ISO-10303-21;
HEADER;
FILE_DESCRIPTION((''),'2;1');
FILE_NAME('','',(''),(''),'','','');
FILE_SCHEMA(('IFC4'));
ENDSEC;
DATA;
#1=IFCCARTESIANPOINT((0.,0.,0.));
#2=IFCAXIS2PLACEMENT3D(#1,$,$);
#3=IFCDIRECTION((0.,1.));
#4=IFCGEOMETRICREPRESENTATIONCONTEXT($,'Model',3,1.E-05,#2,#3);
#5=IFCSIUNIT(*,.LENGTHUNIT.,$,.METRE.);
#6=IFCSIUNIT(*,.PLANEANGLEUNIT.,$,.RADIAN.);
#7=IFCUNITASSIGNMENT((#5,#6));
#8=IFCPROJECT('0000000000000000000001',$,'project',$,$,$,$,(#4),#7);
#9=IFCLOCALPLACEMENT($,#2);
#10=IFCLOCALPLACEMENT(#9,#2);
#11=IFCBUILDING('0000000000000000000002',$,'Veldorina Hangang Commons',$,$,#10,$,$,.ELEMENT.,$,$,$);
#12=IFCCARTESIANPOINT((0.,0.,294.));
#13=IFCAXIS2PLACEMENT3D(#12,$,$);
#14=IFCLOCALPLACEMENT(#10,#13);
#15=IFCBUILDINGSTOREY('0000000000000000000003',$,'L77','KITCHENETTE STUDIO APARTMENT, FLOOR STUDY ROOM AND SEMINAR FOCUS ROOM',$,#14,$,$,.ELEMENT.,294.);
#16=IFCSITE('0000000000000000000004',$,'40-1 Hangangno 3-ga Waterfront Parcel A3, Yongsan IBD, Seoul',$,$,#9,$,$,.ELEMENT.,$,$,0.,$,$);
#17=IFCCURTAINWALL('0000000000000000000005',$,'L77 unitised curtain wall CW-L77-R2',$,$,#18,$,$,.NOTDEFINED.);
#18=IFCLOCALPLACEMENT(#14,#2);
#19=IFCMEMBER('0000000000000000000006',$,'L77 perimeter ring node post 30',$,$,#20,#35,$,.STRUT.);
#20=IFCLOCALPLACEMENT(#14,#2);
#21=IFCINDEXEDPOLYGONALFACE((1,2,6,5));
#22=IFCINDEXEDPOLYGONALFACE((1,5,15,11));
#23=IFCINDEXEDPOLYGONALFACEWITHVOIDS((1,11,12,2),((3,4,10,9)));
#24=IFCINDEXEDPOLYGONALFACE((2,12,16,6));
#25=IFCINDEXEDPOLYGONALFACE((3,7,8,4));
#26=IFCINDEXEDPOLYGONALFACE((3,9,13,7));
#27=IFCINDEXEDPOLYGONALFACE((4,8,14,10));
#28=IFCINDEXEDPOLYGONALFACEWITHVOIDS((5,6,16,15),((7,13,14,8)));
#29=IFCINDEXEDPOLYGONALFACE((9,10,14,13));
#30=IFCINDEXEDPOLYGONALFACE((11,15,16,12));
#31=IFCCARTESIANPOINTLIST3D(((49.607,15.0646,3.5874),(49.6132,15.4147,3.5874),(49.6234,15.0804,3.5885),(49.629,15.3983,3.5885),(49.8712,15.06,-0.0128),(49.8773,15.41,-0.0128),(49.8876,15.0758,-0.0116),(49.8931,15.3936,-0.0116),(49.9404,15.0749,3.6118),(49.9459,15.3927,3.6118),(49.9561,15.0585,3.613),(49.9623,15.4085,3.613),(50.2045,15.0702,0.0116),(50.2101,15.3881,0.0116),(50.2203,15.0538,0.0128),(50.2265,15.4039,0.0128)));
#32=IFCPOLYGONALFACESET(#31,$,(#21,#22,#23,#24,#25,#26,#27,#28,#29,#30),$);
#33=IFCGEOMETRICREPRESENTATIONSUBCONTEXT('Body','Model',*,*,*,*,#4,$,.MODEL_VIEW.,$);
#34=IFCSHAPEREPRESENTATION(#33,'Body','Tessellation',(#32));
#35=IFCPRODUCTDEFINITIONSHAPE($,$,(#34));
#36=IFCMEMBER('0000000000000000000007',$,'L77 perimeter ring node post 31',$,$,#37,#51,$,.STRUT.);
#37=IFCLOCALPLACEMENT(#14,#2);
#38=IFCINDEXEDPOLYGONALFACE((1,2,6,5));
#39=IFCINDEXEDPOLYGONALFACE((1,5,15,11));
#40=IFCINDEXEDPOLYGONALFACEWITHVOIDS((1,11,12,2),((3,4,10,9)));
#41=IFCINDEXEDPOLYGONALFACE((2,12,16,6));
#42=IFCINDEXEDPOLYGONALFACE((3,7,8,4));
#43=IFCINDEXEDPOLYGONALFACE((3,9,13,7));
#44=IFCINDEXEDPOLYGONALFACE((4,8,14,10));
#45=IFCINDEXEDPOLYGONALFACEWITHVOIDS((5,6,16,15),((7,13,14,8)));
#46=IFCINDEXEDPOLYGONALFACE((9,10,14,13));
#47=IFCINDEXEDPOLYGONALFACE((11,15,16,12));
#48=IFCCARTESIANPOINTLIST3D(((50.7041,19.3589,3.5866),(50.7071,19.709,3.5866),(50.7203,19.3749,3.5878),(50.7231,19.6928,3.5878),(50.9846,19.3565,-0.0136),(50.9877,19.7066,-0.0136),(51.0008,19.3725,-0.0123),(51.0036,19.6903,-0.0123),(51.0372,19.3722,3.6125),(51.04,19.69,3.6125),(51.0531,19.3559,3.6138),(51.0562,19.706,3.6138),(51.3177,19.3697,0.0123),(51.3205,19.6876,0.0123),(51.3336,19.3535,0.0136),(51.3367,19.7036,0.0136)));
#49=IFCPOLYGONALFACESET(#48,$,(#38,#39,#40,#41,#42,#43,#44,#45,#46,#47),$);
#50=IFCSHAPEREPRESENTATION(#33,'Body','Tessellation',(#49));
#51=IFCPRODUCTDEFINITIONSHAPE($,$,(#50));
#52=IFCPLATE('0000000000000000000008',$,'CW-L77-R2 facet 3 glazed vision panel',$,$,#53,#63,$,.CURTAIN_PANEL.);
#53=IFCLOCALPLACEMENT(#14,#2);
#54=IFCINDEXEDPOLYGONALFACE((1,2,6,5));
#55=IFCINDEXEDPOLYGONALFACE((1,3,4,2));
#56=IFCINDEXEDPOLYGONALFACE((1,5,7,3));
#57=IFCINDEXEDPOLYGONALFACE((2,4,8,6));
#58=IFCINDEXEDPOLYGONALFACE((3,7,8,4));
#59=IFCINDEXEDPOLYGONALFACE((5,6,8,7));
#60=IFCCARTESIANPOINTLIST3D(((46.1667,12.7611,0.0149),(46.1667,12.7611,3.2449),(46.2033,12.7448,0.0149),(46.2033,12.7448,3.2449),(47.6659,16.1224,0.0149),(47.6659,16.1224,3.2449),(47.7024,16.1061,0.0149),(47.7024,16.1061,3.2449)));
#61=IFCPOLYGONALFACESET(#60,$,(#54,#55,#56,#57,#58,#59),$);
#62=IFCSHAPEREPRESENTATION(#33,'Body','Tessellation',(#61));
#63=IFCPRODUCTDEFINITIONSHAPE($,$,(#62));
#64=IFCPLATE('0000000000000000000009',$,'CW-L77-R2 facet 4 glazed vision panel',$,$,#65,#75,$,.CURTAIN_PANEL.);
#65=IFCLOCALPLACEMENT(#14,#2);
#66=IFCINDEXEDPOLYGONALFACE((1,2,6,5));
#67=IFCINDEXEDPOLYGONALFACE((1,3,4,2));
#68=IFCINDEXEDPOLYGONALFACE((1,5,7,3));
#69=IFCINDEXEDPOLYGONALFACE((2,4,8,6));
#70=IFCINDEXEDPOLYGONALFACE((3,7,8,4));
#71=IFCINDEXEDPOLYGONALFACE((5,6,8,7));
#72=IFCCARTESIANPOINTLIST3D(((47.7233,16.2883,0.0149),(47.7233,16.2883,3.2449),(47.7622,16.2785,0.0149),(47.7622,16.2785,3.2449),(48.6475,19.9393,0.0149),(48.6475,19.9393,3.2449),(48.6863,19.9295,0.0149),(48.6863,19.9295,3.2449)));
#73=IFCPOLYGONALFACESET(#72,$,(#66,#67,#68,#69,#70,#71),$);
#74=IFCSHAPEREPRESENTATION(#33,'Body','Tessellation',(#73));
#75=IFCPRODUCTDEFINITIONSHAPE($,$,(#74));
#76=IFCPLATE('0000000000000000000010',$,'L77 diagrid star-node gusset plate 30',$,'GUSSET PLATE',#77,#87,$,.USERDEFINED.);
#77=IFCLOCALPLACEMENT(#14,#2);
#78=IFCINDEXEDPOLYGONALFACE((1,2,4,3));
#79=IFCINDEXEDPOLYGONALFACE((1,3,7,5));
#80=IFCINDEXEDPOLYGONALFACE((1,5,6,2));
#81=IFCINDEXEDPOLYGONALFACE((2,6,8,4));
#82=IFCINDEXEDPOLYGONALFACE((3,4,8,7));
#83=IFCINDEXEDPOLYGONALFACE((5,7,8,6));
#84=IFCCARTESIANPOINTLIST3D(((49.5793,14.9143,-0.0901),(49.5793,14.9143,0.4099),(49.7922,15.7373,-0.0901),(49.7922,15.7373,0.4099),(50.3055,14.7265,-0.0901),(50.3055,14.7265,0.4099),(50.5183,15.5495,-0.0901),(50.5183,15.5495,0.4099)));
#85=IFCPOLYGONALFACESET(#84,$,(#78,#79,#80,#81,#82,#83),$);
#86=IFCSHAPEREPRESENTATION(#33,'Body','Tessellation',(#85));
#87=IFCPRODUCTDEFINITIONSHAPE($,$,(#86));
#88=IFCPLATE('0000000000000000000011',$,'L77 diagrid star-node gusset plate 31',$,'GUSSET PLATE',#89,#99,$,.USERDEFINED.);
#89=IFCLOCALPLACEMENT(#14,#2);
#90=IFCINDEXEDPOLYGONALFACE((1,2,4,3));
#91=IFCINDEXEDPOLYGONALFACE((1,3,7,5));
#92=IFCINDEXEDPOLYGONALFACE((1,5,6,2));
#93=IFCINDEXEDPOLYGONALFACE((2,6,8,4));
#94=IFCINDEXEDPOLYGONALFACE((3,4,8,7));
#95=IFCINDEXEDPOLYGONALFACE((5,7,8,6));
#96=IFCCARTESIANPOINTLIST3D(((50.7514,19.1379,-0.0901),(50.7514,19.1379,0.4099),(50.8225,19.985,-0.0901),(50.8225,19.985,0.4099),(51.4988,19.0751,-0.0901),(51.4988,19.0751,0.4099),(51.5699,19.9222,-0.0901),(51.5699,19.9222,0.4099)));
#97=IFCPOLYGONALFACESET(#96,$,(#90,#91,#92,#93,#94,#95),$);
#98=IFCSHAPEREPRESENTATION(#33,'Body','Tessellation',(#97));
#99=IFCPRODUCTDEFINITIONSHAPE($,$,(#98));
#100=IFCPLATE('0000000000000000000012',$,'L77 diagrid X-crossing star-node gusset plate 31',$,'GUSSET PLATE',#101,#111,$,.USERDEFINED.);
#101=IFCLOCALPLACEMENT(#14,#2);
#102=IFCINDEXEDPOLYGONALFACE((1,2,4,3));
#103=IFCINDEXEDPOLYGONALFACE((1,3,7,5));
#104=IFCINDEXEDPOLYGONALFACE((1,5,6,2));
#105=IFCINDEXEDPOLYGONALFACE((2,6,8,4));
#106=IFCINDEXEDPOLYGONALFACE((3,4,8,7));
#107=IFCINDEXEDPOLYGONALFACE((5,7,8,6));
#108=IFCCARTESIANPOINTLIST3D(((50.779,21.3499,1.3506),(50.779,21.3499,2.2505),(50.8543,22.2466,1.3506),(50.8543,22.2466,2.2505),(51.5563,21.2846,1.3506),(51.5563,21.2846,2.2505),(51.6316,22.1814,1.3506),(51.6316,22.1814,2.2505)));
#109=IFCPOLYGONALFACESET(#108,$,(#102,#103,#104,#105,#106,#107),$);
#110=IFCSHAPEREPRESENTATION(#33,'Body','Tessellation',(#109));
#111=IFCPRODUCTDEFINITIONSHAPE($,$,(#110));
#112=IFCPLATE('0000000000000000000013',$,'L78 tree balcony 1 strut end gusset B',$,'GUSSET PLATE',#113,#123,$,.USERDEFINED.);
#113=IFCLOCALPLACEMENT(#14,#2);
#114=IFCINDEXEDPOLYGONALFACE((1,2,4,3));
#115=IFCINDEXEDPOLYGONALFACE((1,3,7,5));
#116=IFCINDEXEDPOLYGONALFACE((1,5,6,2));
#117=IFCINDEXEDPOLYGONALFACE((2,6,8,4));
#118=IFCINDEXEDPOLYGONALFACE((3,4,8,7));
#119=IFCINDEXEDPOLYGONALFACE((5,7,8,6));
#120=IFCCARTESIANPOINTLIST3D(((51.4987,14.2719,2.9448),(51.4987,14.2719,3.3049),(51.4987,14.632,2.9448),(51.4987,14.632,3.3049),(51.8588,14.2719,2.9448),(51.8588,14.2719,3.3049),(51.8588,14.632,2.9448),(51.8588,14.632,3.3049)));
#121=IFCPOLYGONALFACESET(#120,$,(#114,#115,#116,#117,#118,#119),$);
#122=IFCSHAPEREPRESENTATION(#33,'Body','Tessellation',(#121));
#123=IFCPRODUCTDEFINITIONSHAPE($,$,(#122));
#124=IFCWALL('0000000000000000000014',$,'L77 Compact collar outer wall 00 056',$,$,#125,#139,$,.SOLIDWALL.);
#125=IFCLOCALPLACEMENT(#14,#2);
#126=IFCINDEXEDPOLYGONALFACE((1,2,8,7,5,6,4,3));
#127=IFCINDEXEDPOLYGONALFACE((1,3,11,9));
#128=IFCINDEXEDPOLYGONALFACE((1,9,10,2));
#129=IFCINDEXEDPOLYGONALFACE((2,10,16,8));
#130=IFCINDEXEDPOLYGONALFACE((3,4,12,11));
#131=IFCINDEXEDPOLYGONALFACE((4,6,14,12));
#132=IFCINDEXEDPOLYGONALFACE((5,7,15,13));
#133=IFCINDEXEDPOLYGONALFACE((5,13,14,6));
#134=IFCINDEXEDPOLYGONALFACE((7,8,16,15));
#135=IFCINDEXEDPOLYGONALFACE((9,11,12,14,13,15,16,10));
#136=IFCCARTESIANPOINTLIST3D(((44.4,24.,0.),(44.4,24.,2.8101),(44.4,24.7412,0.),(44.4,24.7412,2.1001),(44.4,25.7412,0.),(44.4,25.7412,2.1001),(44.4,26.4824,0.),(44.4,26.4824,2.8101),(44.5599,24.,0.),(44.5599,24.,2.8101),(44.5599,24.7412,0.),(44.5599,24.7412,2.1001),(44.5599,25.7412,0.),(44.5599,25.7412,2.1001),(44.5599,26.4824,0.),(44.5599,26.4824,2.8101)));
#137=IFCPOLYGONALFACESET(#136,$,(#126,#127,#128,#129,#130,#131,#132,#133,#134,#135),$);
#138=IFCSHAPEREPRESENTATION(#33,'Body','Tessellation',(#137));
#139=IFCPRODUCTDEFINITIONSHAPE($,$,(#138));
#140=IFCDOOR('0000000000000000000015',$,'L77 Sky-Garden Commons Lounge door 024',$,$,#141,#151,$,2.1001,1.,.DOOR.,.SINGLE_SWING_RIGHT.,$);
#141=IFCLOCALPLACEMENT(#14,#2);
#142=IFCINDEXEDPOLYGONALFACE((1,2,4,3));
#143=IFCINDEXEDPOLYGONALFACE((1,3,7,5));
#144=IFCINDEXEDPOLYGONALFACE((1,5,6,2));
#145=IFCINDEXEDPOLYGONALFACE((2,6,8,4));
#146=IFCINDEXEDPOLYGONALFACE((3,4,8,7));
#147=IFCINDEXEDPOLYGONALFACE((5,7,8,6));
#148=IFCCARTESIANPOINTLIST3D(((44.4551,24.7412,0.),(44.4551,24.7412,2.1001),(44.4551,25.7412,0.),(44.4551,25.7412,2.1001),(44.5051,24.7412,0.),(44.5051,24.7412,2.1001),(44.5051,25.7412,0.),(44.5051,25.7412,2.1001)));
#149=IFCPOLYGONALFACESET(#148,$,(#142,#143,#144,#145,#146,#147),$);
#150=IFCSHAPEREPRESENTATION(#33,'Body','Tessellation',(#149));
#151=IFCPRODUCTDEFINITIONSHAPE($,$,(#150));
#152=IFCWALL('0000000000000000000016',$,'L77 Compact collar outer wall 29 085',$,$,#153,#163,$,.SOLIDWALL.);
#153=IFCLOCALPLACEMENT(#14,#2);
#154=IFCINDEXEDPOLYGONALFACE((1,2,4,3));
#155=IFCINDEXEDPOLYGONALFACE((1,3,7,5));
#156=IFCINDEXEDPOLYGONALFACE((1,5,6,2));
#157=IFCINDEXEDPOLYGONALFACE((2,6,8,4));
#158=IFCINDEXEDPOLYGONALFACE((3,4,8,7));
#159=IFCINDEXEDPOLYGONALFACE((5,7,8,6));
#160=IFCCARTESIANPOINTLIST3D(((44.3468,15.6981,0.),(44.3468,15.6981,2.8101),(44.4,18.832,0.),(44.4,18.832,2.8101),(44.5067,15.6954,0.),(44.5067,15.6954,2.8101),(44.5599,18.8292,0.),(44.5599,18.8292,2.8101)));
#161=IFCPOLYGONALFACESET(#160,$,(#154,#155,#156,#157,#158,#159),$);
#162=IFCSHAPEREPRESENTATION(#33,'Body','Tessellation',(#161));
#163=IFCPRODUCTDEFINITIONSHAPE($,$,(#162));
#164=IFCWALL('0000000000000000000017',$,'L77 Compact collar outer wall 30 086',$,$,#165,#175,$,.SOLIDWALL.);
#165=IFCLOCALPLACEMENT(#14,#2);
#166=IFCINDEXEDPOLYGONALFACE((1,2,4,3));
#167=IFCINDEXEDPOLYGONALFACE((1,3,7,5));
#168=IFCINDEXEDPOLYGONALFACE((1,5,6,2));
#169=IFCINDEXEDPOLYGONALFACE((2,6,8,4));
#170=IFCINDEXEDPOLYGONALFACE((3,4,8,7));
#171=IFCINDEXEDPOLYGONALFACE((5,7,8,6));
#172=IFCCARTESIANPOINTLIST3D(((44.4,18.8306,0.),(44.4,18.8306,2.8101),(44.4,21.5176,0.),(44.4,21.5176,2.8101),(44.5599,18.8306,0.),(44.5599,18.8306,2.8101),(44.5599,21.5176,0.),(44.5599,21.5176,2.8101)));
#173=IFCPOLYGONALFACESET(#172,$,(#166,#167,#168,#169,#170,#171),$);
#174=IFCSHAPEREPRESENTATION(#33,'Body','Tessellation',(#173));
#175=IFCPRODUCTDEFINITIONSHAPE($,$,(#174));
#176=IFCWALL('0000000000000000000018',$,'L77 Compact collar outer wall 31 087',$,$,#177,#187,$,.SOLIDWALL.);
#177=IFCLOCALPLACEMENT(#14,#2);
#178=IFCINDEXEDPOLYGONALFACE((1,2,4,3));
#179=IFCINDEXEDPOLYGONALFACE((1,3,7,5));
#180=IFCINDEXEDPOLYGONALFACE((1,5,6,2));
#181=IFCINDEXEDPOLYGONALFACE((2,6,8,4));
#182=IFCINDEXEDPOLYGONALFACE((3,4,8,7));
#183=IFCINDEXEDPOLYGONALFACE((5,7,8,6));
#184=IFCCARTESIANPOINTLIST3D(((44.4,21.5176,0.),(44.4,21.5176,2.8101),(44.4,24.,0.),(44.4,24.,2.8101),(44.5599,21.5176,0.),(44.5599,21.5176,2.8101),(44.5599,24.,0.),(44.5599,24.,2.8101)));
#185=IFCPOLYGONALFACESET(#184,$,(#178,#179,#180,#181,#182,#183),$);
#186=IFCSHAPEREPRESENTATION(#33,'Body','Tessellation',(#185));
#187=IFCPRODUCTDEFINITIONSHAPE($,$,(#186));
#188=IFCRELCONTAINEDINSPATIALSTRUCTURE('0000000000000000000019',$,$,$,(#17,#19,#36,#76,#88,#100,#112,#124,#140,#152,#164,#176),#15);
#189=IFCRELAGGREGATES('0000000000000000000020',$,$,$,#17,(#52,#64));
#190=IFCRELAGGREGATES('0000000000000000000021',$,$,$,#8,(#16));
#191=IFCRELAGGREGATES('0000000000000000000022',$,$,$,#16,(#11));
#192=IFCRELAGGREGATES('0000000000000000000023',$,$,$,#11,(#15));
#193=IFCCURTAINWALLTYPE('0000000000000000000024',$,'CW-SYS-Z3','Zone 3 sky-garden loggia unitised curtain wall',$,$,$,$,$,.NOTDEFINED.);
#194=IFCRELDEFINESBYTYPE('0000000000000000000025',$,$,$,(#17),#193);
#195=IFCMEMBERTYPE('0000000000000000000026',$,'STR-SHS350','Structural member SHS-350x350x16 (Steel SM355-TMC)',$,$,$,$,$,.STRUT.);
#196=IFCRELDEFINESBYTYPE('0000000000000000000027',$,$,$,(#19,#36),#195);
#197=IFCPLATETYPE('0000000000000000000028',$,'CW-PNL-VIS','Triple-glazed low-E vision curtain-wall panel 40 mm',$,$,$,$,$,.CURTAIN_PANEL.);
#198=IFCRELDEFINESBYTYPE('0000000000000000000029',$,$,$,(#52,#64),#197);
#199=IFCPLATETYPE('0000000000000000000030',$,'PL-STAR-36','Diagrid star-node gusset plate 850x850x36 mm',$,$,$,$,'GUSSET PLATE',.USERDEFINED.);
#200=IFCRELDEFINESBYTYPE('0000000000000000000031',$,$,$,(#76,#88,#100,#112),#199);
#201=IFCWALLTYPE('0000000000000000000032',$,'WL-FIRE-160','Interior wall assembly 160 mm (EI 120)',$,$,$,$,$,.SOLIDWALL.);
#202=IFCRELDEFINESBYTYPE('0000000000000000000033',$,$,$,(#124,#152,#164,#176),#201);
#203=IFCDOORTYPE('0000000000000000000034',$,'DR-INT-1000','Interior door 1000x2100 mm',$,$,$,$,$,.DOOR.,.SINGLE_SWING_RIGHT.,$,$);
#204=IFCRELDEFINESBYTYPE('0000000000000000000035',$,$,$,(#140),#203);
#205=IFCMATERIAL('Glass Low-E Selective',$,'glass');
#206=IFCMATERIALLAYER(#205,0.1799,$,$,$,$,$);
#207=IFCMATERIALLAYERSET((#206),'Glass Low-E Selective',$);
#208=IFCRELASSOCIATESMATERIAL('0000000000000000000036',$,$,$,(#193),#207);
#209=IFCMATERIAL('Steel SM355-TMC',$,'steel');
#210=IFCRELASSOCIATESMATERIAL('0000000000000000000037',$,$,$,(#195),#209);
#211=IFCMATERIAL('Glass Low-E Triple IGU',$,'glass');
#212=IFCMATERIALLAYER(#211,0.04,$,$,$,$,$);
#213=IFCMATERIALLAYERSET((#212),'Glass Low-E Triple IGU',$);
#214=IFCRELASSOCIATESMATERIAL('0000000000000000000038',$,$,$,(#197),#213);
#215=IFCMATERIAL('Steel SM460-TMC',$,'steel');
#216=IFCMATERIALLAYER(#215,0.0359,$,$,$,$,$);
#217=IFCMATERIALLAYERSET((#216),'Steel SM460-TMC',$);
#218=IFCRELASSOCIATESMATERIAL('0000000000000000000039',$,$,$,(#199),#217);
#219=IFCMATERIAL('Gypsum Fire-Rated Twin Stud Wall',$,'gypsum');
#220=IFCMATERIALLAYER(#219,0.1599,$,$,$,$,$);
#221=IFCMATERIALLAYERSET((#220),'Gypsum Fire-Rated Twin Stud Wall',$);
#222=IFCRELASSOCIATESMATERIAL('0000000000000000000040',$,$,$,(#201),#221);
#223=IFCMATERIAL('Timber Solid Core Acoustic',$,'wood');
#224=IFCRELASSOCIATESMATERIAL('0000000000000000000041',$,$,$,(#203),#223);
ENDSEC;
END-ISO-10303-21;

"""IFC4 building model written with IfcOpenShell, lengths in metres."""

from ifc_helpers import new_model, si_unit, direction, frame, frame_2d, origin, origin_2d, place, context, subcontext, project, spatial, rectangle, hollow_rectangle, extrude, material, layer, layer_set, material_profile, profile_set, type_object, element, fill, aggregate, save


model = new_model("IFC4")

# Units and contexts
model_context = context("Model", 3, precision=1e-05, world=origin(), true_north=direction((0.0, 1.0)))
body_context = subcontext(model_context, "Body", "Model", "MODEL_VIEW")
ifc_project = project(units=[si_unit("LENGTHUNIT", "METRE"), si_unit("PLANEANGLEUNIT", "RADIAN")], contexts=[model_context])

# Site, building, storey
site_placement = place(None, origin())
site = spatial("IfcSite", under=ifc_project, at=site_placement, Name="40-1 Hangangno 3-ga Waterfront Parcel A3, Yongsan IBD, Seoul", CompositionType="ELEMENT", RefElevation=0.0)
building_placement = place(site_placement, origin())
building = spatial("IfcBuilding", under=site, at=building_placement, Name="Veldorina Hangang Commons", CompositionType="ELEMENT")
storey_placement = place(building_placement, frame((0.0, 0.0, 294.0)))
storey = spatial("IfcBuildingStorey", under=building, at=storey_placement, Name="L77", Description="KITCHENETTE STUDIO APARTMENT, FLOOR STUDY ROOM AND SEMINAR FOCUS ROOM", CompositionType="ELEMENT", Elevation=294.0)

# Shared definitions
ifc_material_1 = material(Name="Steel SM460-TMC", Category="steel")
ifc_material_2 = material(Name="Steel SM355-TMC", Category="steel")

# Curtain wall
ifc_material_3 = material(Name="Glass Low-E Selective", Category="glass")
ifc_layer_1 = layer(ifc_material_3, 0.1799)
ifc_layer_set_1 = layer_set([ifc_layer_1], Name="Glass Low-E Selective")
curtain_wall_type = type_object("IfcCurtainWallType", Name="CW-SYS-Z3", Description="Zone 3 sky-garden loggia unitised curtain wall", PredefinedType="NOTDEFINED", material=ifc_layer_set_1)
curtain_wall_placement = place(storey_placement, origin())
curtain_wall = element("IfcCurtainWall", 1, at=curtain_wall_placement, inside=storey, type_object=curtain_wall_type, Name="L77 unitised curtain wall CW-L77-R2", PredefinedType="NOTDEFINED")

# Members
ifc_material_profile_1 = material_profile(ifc_material_2, hollow_rectangle(XDim=0.3501, YDim=0.3501, WallThickness=0.0161, at=origin_2d()), Name="SHS-350x350x16")
ifc_profile_set_1 = profile_set([ifc_material_profile_1], Name="Steel SM355-TMC")
member_type_1 = type_object("IfcMemberType", Name="STR-SHS350", Description="Structural member SHS-350x350x16 (Steel SM355-TMC)", PredefinedType="STRUT", material=ifc_profile_set_1)
member_1_placement = place(storey_placement, frame((50.0488, 15.2319, 0.0), z_axis=(-0.073179, 0.001285, 0.997318), x_axis=(-0.017557, -0.999846, 0.0)))
element("IfcMember", 2, at=member_1_placement, inside=storey, type_object=member_type_1, Name="L77 perimeter ring node post 30", PredefinedType="STRUT", context=body_context, shape_type="SweptSolid", body=[
    extrude(hollow_rectangle(XDim=0.3501, YDim=0.3501, WallThickness=0.0161, at=origin_2d()), origin(), (0.0, 0.0, 1.0), 3.6099),
])
member_2_placement = place(storey_placement, frame((51.1606, 19.53, 0.0), z_axis=(-0.077684, 0.000676, 0.996978), x_axis=(-0.008703, -0.999962, 0.0)))
element("IfcMember", 3, at=member_2_placement, inside=storey, type_object=member_type_1, Name="L77 perimeter ring node post 31", PredefinedType="STRUT", context=body_context, shape_type="SweptSolid", body=[
    extrude(hollow_rectangle(XDim=0.3501, YDim=0.3501, WallThickness=0.0161, at=origin_2d()), origin(), (0.0, 0.0, 1.0), 3.6111),
])

# Plates
ifc_material_4 = material(Name="Glass Low-E Triple IGU", Category="glass")
ifc_layer_2 = layer(ifc_material_4, 0.04)
ifc_layer_set_2 = layer_set([ifc_layer_2], Name="Glass Low-E Triple IGU")
plate_type_1 = type_object("IfcPlateType", Name="CW-PNL-VIS", Description="Triple-glazed low-E vision curtain-wall panel 40 mm", PredefinedType="CURTAIN_PANEL", material=ifc_layer_set_2)
plate_1_placement = place(storey_placement, frame((46.9346, 14.4336, 0.0149), z_axis=(0.0, 0.0, 1.0), x_axis=(0.407327, 0.913283, 0.0)))
plate_1 = element("IfcPlate", 4, at=plate_1_placement, type_object=plate_type_1, Name="CW-L77-R2 facet 3 glazed vision panel", PredefinedType="CURTAIN_PANEL", context=body_context, shape_type="SweptSolid", body=[
    extrude(rectangle(XDim=3.6804, YDim=0.04, at=origin_2d()), origin(), (0.0, 0.0, 1.0), 3.23),
])
plate_2_placement = place(storey_placement, frame((48.2048, 18.1089, 0.0149), z_axis=(0.0, 0.0, 1.0), x_axis=(0.245392, 0.969424, 0.0)))
plate_2 = element("IfcPlate", 5, at=plate_2_placement, type_object=plate_type_1, Name="CW-L77-R2 facet 4 glazed vision panel", PredefinedType="CURTAIN_PANEL", context=body_context, shape_type="SweptSolid", body=[
    extrude(rectangle(XDim=3.7661, YDim=0.04, at=origin_2d()), origin(), (0.0, 0.0, 1.0), 3.23),
])
aggregate(curtain_wall, [plate_1, plate_2])

# Plates
ifc_layer_3 = layer(ifc_material_1, 0.0359)
ifc_layer_set_3 = layer_set([ifc_layer_3], Name="Steel SM460-TMC")
plate_type_2 = type_object("IfcPlateType", Name="PL-STAR-36", Description="Diagrid star-node gusset plate 850x850x36 mm", ElementType="GUSSET PLATE", PredefinedType="USERDEFINED", material=ifc_layer_set_3)
for number, where, z_axis, x_axis, name in (
    (6, (50.0488, 15.2319, -0.0901), (0.0, 0.0, 1.0), (0.250397, 0.968143, 0.0), "L77 diagrid star-node gusset plate 30"),
    (7, (51.1606, 19.53, -0.0901), (0.0, 0.0, 1.0), (0.083695, 0.996491, 0.0), "L77 diagrid star-node gusset plate 31"),
):
    element("IfcPlate", number, at=place(storey_placement, frame(where, z_axis=z_axis, x_axis=x_axis)), inside=storey, type_object=plate_type_2, Name=name, ObjectType="GUSSET PLATE", PredefinedType="USERDEFINED", context=body_context, shape_type="SweptSolid", body=[
        extrude(rectangle(XDim=0.8501, YDim=0.75, at=origin_2d()), origin(), (0.0, 0.0, 1.0), 0.5),
    ])
plate_3_placement = place(storey_placement, frame((51.2053, 21.7656, 1.3506), z_axis=(0.0, 0.0, 1.0), x_axis=(0.083695, 0.996491, 0.0)))
element("IfcPlate", 8, at=plate_3_placement, inside=storey, type_object=plate_type_2, Name="L77 diagrid X-crossing star-node gusset plate 31", ObjectType="GUSSET PLATE", PredefinedType="USERDEFINED", context=body_context, shape_type="SweptSolid", body=[
    extrude(rectangle(XDim=0.8999, YDim=0.78, at=origin_2d()), origin(), (0.0, 0.0, 1.0), 0.8999),
])
plate_4_placement = place(storey_placement, frame((51.6787, 14.4519, 2.9448), z_axis=(0.0, 0.0, 1.0), x_axis=(1.0, 0.0, 0.0)))
element("IfcPlate", 9, at=plate_4_placement, inside=storey, type_object=plate_type_2, Name="L78 tree balcony 1 strut end gusset B", ObjectType="GUSSET PLATE", PredefinedType="USERDEFINED", context=body_context, shape_type="SweptSolid", body=[
    extrude(rectangle(XDim=0.3601, YDim=0.3601, at=origin_2d()), origin(), (0.0, 0.0, 1.0), 0.3601),
])

# Wall, opening, door
ifc_material_5 = material(Name="Gypsum Fire-Rated Twin Stud Wall", Category="gypsum")
ifc_layer_4 = layer(ifc_material_5, 0.1599)
ifc_layer_set_4 = layer_set([ifc_layer_4], Name="Gypsum Fire-Rated Twin Stud Wall")
wall_type_1 = type_object("IfcWallType", Name="WL-FIRE-160", Description="Interior wall assembly 160 mm (EI 120)", PredefinedType="SOLIDWALL", material=ifc_layer_set_4)
wall_1_placement = place(storey_placement, frame((44.48, 24.0, 0.0), z_axis=(0.0, 0.0, 1.0), x_axis=(0.0, 1.0, 0.0)))
wall_1 = element("IfcWall", 10, at=wall_1_placement, inside=storey, type_object=wall_type_1, Name="L77 Compact collar outer wall 00 056", PredefinedType="SOLIDWALL", context=body_context, shape_type="SweptSolid", body=[
    extrude(rectangle(XDim=2.4824, YDim=0.1599, at=frame_2d((1.2412, 0.0))), origin(), (0.0, 0.0, 1.0), 2.8101),
])
opening_1_placement = place(wall_1_placement, frame((0.7412, 0.0, 0.0)))
opening_1 = element("IfcOpeningElement", 11, at=opening_1_placement, cuts=wall_1, PredefinedType="OPENING", context=body_context, shape_type="SweptSolid", body=[
    extrude(rectangle(XDim=1.0, YDim=2.1001, at=frame_2d((0.5, 1.05))), frame((0.0, 0.0898, 0.0), z_axis=(0.0, -1.0, 0.0), x_axis=(1.0, 0.0, 0.0)), (0.0, 0.0, 1.0), 0.1799),
])
ifc_material_6 = material(Name="Timber Solid Core Acoustic", Category="wood")
door_type_1 = type_object("IfcDoorType", Name="DR-INT-1000", Description="Interior door 1000x2100 mm", OperationType="SINGLE_SWING_RIGHT", PredefinedType="DOOR", material=ifc_material_6)
door_1_placement = place(opening_1_placement, origin())
door_1 = element("IfcDoor", 12, at=door_1_placement, inside=storey, type_object=door_type_1, Name="L77 Sky-Garden Commons Lounge door 024", OperationType="SINGLE_SWING_RIGHT", OverallHeight=2.1001, OverallWidth=1.0, PredefinedType="DOOR", context=body_context, shape_type="SweptSolid", body=[
    extrude(rectangle(XDim=1.0, YDim=2.1001, at=frame_2d((0.5, 1.05))), frame((0.0, 0.0249, 0.0), z_axis=(0.0, -1.0, 0.0), x_axis=(1.0, 0.0, 0.0)), (0.0, 0.0, 1.0), 0.05),
])
fill(opening_1, door_1)

# Walls
wall_2_placement = place(storey_placement, frame((44.4268, 15.6968, 0.0), z_axis=(0.0, 0.0, 1.0), x_axis=(0.016981, 0.999856, 0.0)))
element("IfcWall", 13, at=wall_2_placement, inside=storey, type_object=wall_type_1, Name="L77 Compact collar outer wall 29 085", PredefinedType="SOLIDWALL", context=body_context, shape_type="SweptSolid", body=[
    extrude(rectangle(XDim=3.1343, YDim=0.1599, at=frame_2d((1.5671, 0.0))), origin(), (0.0, 0.0, 1.0), 2.8101),
])
wall_3_placement = place(storey_placement, frame((44.48, 18.8306, 0.0), z_axis=(0.0, 0.0, 1.0), x_axis=(0.0, 1.0, 0.0)))
element("IfcWall", 14, at=wall_3_placement, inside=storey, type_object=wall_type_1, Name="L77 Compact collar outer wall 30 086", PredefinedType="SOLIDWALL", context=body_context, shape_type="SweptSolid", body=[
    extrude(rectangle(XDim=2.687, YDim=0.1599, at=frame_2d((1.3435, 0.0))), origin(), (0.0, 0.0, 1.0), 2.8101),
])
wall_4_placement = place(storey_placement, frame((44.48, 21.5176, 0.0), z_axis=(0.0, 0.0, 1.0), x_axis=(0.0, 1.0, 0.0)))
element("IfcWall", 15, at=wall_4_placement, inside=storey, type_object=wall_type_1, Name="L77 Compact collar outer wall 31 087", PredefinedType="SOLIDWALL", context=body_context, shape_type="SweptSolid", body=[
    extrude(rectangle(XDim=2.4824, YDim=0.1599, at=frame_2d((1.2412, 0.0))), origin(), (0.0, 0.0, 1.0), 2.8101),
])

save(model, "model.ifc")
